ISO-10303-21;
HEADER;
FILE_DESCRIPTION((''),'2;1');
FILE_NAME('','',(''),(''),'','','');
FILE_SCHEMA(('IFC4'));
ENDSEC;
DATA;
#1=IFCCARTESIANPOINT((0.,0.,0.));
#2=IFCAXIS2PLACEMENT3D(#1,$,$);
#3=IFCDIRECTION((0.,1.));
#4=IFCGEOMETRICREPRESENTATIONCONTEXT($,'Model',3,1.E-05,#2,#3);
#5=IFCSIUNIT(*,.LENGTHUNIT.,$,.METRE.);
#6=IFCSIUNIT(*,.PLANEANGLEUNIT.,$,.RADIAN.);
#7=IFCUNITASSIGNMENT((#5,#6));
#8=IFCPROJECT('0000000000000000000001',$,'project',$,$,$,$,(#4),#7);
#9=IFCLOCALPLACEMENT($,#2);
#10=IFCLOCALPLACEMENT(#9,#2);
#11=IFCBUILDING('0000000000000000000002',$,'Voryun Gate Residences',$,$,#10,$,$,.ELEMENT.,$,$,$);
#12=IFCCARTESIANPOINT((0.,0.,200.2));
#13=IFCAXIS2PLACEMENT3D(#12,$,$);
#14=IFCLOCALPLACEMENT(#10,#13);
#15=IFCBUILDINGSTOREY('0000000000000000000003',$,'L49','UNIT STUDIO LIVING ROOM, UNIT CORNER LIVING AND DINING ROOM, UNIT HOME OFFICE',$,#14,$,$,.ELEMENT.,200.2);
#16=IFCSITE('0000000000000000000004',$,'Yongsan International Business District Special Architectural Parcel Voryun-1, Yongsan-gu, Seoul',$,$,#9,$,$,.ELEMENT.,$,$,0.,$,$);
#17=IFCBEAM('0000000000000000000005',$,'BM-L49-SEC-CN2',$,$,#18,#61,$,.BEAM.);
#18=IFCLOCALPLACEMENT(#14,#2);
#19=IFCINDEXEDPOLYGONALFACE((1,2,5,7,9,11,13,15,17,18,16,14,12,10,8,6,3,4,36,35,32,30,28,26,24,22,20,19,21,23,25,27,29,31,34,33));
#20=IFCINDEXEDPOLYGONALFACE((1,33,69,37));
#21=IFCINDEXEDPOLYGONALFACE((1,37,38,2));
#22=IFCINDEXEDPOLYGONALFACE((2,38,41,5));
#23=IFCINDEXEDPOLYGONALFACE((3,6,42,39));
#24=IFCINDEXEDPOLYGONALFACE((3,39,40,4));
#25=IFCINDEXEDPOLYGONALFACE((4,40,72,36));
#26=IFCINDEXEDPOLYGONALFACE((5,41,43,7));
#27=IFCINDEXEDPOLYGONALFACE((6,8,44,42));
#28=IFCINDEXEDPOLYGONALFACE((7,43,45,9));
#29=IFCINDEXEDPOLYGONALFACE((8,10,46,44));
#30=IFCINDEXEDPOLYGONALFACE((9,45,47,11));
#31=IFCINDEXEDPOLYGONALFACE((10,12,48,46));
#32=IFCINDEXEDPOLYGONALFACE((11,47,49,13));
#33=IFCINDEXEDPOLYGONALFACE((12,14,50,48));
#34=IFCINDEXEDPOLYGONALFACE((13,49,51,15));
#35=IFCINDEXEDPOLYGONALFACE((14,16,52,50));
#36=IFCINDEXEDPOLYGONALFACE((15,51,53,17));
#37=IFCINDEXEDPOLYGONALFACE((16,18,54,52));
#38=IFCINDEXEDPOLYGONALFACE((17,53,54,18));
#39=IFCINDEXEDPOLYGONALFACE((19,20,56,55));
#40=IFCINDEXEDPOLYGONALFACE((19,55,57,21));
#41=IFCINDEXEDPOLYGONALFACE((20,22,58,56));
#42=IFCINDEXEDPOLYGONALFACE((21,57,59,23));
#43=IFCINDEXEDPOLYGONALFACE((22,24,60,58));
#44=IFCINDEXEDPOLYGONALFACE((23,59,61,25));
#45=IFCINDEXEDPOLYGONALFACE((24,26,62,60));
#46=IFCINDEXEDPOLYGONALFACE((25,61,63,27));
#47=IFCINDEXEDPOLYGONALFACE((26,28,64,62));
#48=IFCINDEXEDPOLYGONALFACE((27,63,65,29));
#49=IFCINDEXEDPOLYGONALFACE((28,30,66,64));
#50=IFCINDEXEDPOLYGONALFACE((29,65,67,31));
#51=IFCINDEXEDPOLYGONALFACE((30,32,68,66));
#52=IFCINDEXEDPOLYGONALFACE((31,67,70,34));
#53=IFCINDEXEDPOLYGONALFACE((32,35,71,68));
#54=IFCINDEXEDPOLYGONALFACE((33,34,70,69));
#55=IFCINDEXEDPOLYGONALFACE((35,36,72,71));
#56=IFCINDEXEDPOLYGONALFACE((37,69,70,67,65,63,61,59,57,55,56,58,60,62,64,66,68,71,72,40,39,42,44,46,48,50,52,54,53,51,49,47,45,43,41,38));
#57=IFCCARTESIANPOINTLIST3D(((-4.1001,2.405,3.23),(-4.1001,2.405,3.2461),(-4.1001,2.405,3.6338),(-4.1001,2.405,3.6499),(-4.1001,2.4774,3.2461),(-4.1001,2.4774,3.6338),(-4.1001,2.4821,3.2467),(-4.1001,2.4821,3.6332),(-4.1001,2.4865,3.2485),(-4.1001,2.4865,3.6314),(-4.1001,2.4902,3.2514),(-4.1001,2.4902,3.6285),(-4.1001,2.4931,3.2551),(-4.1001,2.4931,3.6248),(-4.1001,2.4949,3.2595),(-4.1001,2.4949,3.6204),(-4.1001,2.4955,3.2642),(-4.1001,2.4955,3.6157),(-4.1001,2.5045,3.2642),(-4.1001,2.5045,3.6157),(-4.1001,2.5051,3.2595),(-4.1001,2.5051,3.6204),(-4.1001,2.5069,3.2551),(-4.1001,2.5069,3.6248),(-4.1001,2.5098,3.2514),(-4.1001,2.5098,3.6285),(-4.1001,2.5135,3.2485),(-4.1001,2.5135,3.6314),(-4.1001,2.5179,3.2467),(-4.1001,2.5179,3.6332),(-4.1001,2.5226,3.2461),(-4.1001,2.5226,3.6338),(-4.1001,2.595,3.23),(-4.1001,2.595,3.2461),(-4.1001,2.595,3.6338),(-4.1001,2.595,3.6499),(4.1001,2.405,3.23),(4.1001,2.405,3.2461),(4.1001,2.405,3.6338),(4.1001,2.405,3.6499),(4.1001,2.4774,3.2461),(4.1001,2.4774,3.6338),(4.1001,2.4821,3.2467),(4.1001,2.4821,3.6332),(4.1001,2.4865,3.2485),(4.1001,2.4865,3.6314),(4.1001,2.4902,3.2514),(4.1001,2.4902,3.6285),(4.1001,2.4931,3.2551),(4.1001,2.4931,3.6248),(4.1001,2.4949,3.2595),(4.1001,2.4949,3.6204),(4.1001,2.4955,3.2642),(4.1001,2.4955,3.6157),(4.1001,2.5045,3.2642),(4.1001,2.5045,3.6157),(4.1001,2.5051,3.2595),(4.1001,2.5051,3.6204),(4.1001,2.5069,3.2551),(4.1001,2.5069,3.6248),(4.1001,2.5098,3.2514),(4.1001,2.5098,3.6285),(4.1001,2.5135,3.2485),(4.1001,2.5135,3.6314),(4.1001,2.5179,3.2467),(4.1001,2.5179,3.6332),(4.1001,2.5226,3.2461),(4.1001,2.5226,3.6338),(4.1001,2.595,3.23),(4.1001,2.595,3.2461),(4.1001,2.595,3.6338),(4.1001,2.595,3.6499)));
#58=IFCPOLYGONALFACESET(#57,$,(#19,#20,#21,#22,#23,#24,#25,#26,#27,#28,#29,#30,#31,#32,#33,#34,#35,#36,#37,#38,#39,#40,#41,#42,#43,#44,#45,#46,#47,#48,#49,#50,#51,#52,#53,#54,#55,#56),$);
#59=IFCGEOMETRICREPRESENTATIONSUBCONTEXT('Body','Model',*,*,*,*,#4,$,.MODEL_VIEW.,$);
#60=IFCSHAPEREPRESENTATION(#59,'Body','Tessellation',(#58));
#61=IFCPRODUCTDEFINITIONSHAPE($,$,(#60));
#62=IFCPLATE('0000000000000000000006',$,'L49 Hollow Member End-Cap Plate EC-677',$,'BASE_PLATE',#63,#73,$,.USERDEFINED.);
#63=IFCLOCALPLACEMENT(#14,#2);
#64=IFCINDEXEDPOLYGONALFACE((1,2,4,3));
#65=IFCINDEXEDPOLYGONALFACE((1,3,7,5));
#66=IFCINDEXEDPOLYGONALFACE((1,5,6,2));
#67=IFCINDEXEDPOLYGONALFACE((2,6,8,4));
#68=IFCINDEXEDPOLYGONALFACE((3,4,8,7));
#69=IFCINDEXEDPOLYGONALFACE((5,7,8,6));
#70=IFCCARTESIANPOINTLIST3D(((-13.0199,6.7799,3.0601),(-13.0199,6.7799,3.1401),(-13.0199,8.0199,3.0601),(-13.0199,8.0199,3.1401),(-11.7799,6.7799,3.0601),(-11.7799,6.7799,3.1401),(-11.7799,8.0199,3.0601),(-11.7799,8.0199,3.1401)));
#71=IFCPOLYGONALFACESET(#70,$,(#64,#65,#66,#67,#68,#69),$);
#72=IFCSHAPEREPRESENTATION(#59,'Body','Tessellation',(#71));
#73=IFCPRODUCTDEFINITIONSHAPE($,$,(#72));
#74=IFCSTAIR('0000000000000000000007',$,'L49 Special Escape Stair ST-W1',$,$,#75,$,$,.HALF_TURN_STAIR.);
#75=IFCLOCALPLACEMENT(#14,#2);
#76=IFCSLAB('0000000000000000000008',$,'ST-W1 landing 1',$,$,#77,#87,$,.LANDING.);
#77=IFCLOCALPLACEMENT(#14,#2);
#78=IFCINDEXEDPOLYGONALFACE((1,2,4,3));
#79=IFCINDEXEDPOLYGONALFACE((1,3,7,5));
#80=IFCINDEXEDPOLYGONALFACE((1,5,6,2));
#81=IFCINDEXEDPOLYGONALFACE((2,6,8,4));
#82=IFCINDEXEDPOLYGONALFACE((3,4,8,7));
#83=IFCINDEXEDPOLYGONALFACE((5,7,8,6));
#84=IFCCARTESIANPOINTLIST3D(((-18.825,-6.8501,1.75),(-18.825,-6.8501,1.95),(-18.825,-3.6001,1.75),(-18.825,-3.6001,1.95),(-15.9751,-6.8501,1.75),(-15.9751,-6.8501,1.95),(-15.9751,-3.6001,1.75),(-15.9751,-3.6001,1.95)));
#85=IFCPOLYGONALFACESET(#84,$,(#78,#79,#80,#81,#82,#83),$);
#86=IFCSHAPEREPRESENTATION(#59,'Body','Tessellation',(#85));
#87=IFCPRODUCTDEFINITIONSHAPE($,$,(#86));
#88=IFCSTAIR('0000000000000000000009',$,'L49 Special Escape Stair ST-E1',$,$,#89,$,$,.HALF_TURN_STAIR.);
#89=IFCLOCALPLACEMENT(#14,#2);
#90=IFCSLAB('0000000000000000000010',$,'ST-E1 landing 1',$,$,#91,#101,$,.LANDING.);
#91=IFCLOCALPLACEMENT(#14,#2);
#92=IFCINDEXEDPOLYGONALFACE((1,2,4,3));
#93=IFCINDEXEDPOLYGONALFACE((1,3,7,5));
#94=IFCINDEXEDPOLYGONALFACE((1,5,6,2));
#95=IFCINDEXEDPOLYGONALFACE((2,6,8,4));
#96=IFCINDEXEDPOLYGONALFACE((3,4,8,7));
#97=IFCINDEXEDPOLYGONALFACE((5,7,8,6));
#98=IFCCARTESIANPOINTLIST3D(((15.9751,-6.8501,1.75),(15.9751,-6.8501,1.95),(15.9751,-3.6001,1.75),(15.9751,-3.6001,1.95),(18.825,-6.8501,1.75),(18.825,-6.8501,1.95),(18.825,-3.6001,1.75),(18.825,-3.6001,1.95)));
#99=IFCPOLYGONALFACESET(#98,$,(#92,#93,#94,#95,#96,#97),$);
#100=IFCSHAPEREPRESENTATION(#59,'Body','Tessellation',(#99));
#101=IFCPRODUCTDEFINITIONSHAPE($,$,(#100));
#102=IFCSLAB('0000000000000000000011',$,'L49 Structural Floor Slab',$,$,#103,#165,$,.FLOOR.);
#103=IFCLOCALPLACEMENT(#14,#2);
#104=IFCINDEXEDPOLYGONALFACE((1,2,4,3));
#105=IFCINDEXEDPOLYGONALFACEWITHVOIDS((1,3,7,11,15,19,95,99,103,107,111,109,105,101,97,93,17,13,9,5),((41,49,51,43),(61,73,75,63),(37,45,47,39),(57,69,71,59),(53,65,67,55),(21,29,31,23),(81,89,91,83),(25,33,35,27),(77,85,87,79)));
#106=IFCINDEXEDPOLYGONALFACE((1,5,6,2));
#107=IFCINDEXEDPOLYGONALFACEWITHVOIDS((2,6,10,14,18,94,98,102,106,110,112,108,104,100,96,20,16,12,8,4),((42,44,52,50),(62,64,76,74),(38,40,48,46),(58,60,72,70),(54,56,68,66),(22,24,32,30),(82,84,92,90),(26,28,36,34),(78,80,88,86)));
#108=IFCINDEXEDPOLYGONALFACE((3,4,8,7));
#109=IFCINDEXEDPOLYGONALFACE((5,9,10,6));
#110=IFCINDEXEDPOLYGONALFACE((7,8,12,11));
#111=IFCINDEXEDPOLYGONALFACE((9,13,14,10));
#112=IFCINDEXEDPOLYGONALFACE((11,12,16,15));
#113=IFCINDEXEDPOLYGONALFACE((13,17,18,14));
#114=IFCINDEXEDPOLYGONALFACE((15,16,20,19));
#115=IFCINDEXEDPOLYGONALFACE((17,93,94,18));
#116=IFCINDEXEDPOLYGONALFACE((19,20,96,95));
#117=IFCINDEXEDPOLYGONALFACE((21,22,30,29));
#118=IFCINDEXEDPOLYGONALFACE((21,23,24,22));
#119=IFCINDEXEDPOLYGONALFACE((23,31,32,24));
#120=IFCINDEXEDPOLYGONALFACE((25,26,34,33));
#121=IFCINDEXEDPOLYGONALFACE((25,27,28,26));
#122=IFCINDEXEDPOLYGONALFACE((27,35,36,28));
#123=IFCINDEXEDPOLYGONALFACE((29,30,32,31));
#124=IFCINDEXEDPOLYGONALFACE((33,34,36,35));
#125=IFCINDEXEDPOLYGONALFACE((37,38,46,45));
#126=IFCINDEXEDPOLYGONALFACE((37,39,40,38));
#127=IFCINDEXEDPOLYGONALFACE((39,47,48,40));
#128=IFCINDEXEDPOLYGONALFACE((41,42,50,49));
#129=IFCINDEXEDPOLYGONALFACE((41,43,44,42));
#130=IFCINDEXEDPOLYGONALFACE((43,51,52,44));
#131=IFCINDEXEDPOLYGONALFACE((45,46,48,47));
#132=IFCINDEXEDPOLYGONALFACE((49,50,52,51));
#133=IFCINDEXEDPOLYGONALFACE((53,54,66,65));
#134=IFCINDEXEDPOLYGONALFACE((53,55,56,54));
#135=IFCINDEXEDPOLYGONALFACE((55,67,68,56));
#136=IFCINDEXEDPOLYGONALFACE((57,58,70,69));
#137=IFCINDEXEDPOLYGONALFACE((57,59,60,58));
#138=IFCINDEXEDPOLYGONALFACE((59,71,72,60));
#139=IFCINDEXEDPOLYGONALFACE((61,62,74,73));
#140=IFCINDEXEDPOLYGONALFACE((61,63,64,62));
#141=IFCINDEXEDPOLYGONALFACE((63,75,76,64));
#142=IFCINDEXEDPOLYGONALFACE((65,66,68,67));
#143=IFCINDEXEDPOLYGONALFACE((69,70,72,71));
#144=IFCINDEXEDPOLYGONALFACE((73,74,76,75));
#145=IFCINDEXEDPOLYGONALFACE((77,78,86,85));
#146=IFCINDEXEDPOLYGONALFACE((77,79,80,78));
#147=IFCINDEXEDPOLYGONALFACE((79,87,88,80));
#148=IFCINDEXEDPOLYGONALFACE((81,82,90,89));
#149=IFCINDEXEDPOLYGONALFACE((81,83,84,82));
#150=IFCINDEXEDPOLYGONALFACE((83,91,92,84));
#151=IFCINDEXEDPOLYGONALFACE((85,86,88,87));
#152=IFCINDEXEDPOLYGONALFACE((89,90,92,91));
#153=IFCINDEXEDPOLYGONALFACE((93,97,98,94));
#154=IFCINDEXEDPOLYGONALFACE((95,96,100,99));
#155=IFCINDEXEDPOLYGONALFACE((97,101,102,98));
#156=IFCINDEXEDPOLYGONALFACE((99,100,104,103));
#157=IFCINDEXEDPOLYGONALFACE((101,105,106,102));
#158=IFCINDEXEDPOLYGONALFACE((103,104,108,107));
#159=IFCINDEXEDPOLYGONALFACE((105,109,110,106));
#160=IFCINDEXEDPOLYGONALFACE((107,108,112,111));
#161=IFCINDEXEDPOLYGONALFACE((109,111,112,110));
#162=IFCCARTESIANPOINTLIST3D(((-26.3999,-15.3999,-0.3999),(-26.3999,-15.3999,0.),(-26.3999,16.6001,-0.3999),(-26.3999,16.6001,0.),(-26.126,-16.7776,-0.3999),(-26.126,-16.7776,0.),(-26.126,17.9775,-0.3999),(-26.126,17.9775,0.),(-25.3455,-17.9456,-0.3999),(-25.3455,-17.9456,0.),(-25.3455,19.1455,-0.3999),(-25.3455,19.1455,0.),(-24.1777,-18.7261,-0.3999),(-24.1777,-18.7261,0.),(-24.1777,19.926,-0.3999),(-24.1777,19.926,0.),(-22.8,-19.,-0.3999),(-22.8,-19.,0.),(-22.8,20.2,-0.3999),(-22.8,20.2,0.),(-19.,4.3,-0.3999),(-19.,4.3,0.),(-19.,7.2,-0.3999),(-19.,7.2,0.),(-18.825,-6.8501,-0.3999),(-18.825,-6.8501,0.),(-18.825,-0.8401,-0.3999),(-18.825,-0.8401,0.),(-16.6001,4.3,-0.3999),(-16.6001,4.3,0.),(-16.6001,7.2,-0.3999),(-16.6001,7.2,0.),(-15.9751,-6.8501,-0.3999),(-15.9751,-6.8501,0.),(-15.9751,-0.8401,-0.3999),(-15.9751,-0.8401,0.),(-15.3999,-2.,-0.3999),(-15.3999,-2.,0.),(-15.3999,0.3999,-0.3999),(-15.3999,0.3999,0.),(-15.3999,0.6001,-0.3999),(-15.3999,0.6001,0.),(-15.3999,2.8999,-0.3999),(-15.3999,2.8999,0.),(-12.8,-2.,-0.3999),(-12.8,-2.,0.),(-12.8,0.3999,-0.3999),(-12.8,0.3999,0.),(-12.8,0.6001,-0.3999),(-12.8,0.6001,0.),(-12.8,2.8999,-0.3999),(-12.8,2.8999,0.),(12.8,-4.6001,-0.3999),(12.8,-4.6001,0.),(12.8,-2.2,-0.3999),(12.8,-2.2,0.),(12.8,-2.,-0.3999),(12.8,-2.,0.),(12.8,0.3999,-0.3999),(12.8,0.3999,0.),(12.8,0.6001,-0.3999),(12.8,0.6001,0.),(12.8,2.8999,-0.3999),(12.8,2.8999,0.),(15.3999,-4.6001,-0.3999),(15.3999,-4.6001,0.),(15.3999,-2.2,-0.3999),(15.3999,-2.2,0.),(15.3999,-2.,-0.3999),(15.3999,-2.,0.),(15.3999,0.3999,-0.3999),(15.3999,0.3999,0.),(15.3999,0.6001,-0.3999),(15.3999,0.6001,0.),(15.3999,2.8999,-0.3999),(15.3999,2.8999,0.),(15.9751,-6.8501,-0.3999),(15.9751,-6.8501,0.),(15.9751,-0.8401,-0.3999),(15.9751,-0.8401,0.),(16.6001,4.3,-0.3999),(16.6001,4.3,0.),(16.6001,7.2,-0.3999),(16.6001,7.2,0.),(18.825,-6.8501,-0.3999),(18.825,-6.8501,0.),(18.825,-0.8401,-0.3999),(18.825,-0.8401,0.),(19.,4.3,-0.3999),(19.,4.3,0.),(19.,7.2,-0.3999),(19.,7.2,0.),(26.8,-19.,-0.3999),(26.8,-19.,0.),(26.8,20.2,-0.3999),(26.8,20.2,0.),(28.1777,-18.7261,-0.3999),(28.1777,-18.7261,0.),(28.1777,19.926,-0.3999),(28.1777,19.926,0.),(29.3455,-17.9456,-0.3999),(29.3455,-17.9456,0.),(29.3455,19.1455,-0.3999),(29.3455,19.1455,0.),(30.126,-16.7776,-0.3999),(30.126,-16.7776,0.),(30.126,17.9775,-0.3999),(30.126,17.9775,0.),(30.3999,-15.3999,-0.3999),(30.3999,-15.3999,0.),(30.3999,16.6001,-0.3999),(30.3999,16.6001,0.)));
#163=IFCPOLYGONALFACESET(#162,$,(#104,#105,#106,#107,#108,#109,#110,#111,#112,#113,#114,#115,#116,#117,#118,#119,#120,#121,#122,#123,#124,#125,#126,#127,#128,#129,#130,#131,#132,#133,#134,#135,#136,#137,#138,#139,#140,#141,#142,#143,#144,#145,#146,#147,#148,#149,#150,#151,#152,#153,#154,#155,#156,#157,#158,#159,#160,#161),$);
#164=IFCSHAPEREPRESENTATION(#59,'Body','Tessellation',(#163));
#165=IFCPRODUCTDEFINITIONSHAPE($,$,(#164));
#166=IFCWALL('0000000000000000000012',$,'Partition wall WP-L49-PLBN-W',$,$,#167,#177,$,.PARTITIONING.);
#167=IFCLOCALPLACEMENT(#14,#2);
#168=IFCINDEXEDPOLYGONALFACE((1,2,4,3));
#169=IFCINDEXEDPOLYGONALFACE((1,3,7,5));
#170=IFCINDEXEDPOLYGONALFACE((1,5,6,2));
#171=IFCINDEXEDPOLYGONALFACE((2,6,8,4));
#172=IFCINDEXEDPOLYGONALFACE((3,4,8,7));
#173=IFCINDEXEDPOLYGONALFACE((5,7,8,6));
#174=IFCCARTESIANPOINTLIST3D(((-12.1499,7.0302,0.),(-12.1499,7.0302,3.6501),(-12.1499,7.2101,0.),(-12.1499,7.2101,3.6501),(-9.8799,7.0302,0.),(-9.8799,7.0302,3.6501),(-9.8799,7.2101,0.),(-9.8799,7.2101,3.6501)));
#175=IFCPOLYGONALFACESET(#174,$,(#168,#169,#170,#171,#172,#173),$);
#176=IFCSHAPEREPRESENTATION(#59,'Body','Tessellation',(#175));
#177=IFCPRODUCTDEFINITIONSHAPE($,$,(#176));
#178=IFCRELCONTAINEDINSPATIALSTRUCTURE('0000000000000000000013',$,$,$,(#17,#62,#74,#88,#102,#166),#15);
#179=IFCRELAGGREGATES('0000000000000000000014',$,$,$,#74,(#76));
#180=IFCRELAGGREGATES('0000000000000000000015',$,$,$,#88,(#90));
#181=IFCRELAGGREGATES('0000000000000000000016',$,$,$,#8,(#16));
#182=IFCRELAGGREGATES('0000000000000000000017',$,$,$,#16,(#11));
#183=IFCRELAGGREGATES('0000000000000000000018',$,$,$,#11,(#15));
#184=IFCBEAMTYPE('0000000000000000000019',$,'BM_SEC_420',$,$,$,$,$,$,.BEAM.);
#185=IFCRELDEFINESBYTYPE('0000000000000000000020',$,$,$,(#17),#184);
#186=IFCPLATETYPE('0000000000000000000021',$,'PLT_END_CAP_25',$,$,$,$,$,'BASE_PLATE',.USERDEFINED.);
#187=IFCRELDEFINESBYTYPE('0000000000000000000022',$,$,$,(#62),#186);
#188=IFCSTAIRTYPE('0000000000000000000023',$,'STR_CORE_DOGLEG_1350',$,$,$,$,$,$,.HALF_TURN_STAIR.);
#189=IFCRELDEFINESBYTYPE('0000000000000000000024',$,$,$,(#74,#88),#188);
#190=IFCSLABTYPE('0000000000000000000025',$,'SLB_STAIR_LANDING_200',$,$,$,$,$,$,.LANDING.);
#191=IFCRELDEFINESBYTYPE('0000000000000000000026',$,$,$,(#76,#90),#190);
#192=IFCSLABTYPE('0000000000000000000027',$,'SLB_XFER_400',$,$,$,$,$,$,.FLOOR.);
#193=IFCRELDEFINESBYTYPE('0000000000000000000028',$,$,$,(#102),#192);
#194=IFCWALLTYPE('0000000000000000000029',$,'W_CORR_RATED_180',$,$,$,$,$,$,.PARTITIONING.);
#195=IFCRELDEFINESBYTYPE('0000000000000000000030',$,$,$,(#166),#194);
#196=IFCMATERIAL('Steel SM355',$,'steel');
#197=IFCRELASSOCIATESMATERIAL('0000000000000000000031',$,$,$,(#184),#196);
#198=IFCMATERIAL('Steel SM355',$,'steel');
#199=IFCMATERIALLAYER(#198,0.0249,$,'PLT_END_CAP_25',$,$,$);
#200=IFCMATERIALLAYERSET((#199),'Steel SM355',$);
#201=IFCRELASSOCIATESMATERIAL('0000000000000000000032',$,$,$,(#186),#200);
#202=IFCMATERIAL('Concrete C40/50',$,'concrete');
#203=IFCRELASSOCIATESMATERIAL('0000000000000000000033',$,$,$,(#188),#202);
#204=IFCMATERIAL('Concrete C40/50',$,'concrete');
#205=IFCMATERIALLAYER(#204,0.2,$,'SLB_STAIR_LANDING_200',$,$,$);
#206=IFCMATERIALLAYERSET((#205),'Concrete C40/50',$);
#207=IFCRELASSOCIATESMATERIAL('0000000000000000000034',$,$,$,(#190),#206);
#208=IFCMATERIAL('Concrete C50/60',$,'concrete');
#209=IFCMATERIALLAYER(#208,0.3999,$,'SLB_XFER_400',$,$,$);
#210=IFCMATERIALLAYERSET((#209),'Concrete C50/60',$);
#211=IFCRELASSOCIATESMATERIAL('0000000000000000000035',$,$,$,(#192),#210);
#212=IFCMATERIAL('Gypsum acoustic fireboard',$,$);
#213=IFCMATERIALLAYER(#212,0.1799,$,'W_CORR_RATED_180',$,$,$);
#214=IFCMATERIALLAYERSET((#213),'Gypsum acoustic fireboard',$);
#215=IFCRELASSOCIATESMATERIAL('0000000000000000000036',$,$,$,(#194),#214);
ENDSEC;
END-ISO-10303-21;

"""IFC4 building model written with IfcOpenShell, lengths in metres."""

from ifc_helpers import new_model, si_unit, direction, frame, frame_2d, origin, origin_2d, place, context, subcontext, project, spatial, polyline, rectangle, i_section, outline, extrude, material, layer, layer_set, material_profile, profile_set, type_object, element, aggregate, save


model = new_model("IFC4")

# Units and contexts
model_context = context("Model", 3, precision=1e-05, world=origin(), true_north=direction((0.0, 1.0)))
body_context = subcontext(model_context, "Body", "Model", "MODEL_VIEW")
ifc_project = project(units=[si_unit("LENGTHUNIT", "METRE"), si_unit("PLANEANGLEUNIT", "RADIAN")], contexts=[model_context])

# Site, building, storey
site_placement = place(None, origin())
site = spatial("IfcSite", under=ifc_project, at=site_placement, Name="Yongsan International Business District Special Architectural Parcel Voryun-1, Yongsan-gu, Seoul", CompositionType="ELEMENT", RefElevation=0.0)
building_placement = place(site_placement, origin())
building = spatial("IfcBuilding", under=site, at=building_placement, Name="Voryun Gate Residences", CompositionType="ELEMENT")
storey_placement = place(building_placement, frame((0.0, 0.0, 200.2)))
storey = spatial("IfcBuildingStorey", under=building, at=storey_placement, Name="L49", Description="UNIT STUDIO LIVING ROOM, UNIT CORNER LIVING AND DINING ROOM, UNIT HOME OFFICE", CompositionType="ELEMENT", Elevation=200.2)

# Beam
ifc_material_1 = material(Name="Steel SM355", Category="steel")
ifc_material_profile_1 = material_profile(ifc_material_1, i_section(OverallWidth=0.1899, OverallDepth=0.4199, WebThickness=0.009, FlangeThickness=0.0161, FilletRadius=0.0181, at=origin_2d()), Name="H-420x190x9x16")
ifc_profile_set_1 = profile_set([ifc_material_profile_1], Name="Steel SM355")
beam_type_1 = type_object("IfcBeamType", Name="BM_SEC_420", PredefinedType="BEAM", material=ifc_profile_set_1)
beam_1_placement = place(storey_placement, frame((-4.1001, 2.5, 3.4399), z_axis=(1.0, 0.0, 0.0), x_axis=(0.0, 1.0, 0.0)))
element("IfcBeam", 1, at=beam_1_placement, inside=storey, type_object=beam_type_1, Name="BM-L49-SEC-CN2", PredefinedType="BEAM", context=body_context, shape_type="SweptSolid", body=[
    extrude(i_section(OverallWidth=0.1899, OverallDepth=0.4199, WebThickness=0.009, FlangeThickness=0.0161, FilletRadius=0.0181, at=origin_2d()), origin(), (0.0, 0.0, 1.0), 8.2002),
])

# Plate
ifc_material_2 = material(Name="Steel SM355", Category="steel")
ifc_layer_1 = layer(ifc_material_2, 0.0249, Name="PLT_END_CAP_25")
ifc_layer_set_1 = layer_set([ifc_layer_1], Name="Steel SM355")
plate_type = type_object("IfcPlateType", Name="PLT_END_CAP_25", ElementType="BASE_PLATE", PredefinedType="USERDEFINED", material=ifc_layer_set_1)
plate_placement = place(storey_placement, frame((-12.3999, 7.3999, 3.0601), z_axis=(0.0, 0.0, 1.0), x_axis=(1.0, 0.0, 0.0)))
element("IfcPlate", 2, at=plate_placement, inside=storey, type_object=plate_type, Name="L49 Hollow Member End-Cap Plate EC-677", ObjectType="BASE_PLATE", PredefinedType="USERDEFINED", context=body_context, shape_type="SweptSolid", body=[
    extrude(rectangle(XDim=1.24, YDim=1.24, at=origin_2d()), origin(), (0.0, 0.0, 1.0), 0.0801),
])

# Stairs, slabs
ifc_material_3 = material(Name="Concrete C40/50", Category="concrete")
stair_type = type_object("IfcStairType", Name="STR_CORE_DOGLEG_1350", PredefinedType="HALF_TURN_STAIR", material=ifc_material_3)
stair_1_placement = place(storey_placement, origin())
stair_1 = element("IfcStair", 3, at=stair_1_placement, inside=storey, type_object=stair_type, Name="L49 Special Escape Stair ST-W1", PredefinedType="HALF_TURN_STAIR")
ifc_material_4 = material(Name="Concrete C40/50", Category="concrete")
ifc_layer_2 = layer(ifc_material_4, 0.2, Name="SLB_STAIR_LANDING_200")
ifc_layer_set_2 = layer_set([ifc_layer_2], Name="Concrete C40/50")
slab_type_1 = type_object("IfcSlabType", Name="SLB_STAIR_LANDING_200", PredefinedType="LANDING", material=ifc_layer_set_2)
slab_1_placement = place(storey_placement, frame((0.0, 0.0, 1.75)))
slab_1 = element("IfcSlab", 4, at=slab_1_placement, type_object=slab_type_1, Name="ST-W1 landing 1", PredefinedType="LANDING", context=body_context, shape_type="SweptSolid", body=[
    extrude(outline(polyline([(-18.825, -3.6001), (-18.825, -6.8501), (-15.9751, -6.8501), (-15.9751, -3.6001), (-18.825, -3.6001)])), origin(), (0.0, 0.0, 1.0), 0.2),
])
aggregate(stair_1, [slab_1])
stair_2_placement = place(storey_placement, origin())
stair_2 = element("IfcStair", 5, at=stair_2_placement, inside=storey, type_object=stair_type, Name="L49 Special Escape Stair ST-E1", PredefinedType="HALF_TURN_STAIR")
slab_2_placement = place(storey_placement, frame((0.0, 0.0, 1.75)))
slab_2 = element("IfcSlab", 6, at=slab_2_placement, type_object=slab_type_1, Name="ST-E1 landing 1", PredefinedType="LANDING", context=body_context, shape_type="SweptSolid", body=[
    extrude(outline(polyline([(15.9751, -3.6001), (15.9751, -6.8501), (18.825, -6.8501), (18.825, -3.6001), (15.9751, -3.6001)])), origin(), (0.0, 0.0, 1.0), 0.2),
])
aggregate(stair_2, [slab_2])

# Slab
ifc_material_5 = material(Name="Concrete C50/60", Category="concrete")
ifc_layer_3 = layer(ifc_material_5, 0.3999, Name="SLB_XFER_400")
ifc_layer_set_3 = layer_set([ifc_layer_3], Name="Concrete C50/60")
slab_type_2 = type_object("IfcSlabType", Name="SLB_XFER_400", PredefinedType="FLOOR", material=ifc_layer_set_3)
slab_3_placement = place(storey_placement, frame((0.0, 0.0, -0.3999)))
element("IfcSlab", 7, at=slab_3_placement, inside=storey, type_object=slab_type_2, Name="L49 Structural Floor Slab", PredefinedType="FLOOR", context=body_context, shape_type="SweptSolid", body=[
    extrude(outline(polyline([(-22.8, -19.0), (-24.1777, -18.7261), (-25.3455, -17.9456), (-26.126, -16.7776), (-26.3999, -15.3999), (-26.3999, 16.6001), (-26.126, 17.9775), (-25.3455, 19.1455), (-24.1777, 19.926), (-22.8, 20.2), (26.8, 20.2), (28.1777, 19.926), (29.3455, 19.1455), (30.126, 17.9775), (30.3999, 16.6001), (30.3999, -15.3999), (30.126, -16.7776), (29.3455, -17.9456), (28.1777, -18.7261), (26.8, -19.0), (-22.8, -19.0)]), holes=[polyline([(-15.9751, -6.8501), (-15.9751, -0.8401), (-18.825, -0.8401), (-18.825, -6.8501), (-15.9751, -6.8501)]), polyline([(18.825, -6.8501), (18.825, -0.8401), (15.9751, -0.8401), (15.9751, -6.8501), (18.825, -6.8501)]), polyline([(15.3999, -2.2), (12.8, -2.2), (12.8, -4.6001), (15.3999, -4.6001), (15.3999, -2.2)]), polyline([(-12.8, 0.3999), (-15.3999, 0.3999), (-15.3999, -2.0), (-12.8, -2.0), (-12.8, 0.3999)]), polyline([(15.3999, 0.3999), (12.8, 0.3999), (12.8, -2.0), (15.3999, -2.0), (15.3999, 0.3999)]), polyline([(-12.8, 2.8999), (-15.3999, 2.8999), (-15.3999, 0.6001), (-12.8, 0.6001), (-12.8, 2.8999)]), polyline([(15.3999, 2.8999), (12.8, 2.8999), (12.8, 0.6001), (15.3999, 0.6001), (15.3999, 2.8999)]), polyline([(-16.6001, 4.3), (-16.6001, 7.2), (-19.0, 7.2), (-19.0, 4.3), (-16.6001, 4.3)]), polyline([(19.0, 4.3), (19.0, 7.2), (16.6001, 7.2), (16.6001, 4.3), (19.0, 4.3)])]), origin(), (0.0, 0.0, 1.0), 0.3999),
])

# Wall
ifc_material_6 = material(Name="Gypsum acoustic fireboard")
ifc_layer_4 = layer(ifc_material_6, 0.1799, Name="W_CORR_RATED_180")
ifc_layer_set_4 = layer_set([ifc_layer_4], Name="Gypsum acoustic fireboard")
wall_type_1 = type_object("IfcWallType", Name="W_CORR_RATED_180", PredefinedType="PARTITIONING", material=ifc_layer_set_4)
wall_1_placement = place(storey_placement, frame((-12.1499, 7.1201, 0.0), z_axis=(0.0, 0.0, 1.0), x_axis=(1.0, 0.0, 0.0)))
element("IfcWall", 8, at=wall_1_placement, inside=storey, type_object=wall_type_1, Name="Partition wall WP-L49-PLBN-W", PredefinedType="PARTITIONING", context=body_context, shape_type="SweptSolid", body=[
    extrude(rectangle(XDim=2.27, YDim=0.1799, at=frame_2d((1.135, 0.0))), origin(), (0.0, 0.0, 1.0), 3.6501),
])

save(model, "model.ifc")
